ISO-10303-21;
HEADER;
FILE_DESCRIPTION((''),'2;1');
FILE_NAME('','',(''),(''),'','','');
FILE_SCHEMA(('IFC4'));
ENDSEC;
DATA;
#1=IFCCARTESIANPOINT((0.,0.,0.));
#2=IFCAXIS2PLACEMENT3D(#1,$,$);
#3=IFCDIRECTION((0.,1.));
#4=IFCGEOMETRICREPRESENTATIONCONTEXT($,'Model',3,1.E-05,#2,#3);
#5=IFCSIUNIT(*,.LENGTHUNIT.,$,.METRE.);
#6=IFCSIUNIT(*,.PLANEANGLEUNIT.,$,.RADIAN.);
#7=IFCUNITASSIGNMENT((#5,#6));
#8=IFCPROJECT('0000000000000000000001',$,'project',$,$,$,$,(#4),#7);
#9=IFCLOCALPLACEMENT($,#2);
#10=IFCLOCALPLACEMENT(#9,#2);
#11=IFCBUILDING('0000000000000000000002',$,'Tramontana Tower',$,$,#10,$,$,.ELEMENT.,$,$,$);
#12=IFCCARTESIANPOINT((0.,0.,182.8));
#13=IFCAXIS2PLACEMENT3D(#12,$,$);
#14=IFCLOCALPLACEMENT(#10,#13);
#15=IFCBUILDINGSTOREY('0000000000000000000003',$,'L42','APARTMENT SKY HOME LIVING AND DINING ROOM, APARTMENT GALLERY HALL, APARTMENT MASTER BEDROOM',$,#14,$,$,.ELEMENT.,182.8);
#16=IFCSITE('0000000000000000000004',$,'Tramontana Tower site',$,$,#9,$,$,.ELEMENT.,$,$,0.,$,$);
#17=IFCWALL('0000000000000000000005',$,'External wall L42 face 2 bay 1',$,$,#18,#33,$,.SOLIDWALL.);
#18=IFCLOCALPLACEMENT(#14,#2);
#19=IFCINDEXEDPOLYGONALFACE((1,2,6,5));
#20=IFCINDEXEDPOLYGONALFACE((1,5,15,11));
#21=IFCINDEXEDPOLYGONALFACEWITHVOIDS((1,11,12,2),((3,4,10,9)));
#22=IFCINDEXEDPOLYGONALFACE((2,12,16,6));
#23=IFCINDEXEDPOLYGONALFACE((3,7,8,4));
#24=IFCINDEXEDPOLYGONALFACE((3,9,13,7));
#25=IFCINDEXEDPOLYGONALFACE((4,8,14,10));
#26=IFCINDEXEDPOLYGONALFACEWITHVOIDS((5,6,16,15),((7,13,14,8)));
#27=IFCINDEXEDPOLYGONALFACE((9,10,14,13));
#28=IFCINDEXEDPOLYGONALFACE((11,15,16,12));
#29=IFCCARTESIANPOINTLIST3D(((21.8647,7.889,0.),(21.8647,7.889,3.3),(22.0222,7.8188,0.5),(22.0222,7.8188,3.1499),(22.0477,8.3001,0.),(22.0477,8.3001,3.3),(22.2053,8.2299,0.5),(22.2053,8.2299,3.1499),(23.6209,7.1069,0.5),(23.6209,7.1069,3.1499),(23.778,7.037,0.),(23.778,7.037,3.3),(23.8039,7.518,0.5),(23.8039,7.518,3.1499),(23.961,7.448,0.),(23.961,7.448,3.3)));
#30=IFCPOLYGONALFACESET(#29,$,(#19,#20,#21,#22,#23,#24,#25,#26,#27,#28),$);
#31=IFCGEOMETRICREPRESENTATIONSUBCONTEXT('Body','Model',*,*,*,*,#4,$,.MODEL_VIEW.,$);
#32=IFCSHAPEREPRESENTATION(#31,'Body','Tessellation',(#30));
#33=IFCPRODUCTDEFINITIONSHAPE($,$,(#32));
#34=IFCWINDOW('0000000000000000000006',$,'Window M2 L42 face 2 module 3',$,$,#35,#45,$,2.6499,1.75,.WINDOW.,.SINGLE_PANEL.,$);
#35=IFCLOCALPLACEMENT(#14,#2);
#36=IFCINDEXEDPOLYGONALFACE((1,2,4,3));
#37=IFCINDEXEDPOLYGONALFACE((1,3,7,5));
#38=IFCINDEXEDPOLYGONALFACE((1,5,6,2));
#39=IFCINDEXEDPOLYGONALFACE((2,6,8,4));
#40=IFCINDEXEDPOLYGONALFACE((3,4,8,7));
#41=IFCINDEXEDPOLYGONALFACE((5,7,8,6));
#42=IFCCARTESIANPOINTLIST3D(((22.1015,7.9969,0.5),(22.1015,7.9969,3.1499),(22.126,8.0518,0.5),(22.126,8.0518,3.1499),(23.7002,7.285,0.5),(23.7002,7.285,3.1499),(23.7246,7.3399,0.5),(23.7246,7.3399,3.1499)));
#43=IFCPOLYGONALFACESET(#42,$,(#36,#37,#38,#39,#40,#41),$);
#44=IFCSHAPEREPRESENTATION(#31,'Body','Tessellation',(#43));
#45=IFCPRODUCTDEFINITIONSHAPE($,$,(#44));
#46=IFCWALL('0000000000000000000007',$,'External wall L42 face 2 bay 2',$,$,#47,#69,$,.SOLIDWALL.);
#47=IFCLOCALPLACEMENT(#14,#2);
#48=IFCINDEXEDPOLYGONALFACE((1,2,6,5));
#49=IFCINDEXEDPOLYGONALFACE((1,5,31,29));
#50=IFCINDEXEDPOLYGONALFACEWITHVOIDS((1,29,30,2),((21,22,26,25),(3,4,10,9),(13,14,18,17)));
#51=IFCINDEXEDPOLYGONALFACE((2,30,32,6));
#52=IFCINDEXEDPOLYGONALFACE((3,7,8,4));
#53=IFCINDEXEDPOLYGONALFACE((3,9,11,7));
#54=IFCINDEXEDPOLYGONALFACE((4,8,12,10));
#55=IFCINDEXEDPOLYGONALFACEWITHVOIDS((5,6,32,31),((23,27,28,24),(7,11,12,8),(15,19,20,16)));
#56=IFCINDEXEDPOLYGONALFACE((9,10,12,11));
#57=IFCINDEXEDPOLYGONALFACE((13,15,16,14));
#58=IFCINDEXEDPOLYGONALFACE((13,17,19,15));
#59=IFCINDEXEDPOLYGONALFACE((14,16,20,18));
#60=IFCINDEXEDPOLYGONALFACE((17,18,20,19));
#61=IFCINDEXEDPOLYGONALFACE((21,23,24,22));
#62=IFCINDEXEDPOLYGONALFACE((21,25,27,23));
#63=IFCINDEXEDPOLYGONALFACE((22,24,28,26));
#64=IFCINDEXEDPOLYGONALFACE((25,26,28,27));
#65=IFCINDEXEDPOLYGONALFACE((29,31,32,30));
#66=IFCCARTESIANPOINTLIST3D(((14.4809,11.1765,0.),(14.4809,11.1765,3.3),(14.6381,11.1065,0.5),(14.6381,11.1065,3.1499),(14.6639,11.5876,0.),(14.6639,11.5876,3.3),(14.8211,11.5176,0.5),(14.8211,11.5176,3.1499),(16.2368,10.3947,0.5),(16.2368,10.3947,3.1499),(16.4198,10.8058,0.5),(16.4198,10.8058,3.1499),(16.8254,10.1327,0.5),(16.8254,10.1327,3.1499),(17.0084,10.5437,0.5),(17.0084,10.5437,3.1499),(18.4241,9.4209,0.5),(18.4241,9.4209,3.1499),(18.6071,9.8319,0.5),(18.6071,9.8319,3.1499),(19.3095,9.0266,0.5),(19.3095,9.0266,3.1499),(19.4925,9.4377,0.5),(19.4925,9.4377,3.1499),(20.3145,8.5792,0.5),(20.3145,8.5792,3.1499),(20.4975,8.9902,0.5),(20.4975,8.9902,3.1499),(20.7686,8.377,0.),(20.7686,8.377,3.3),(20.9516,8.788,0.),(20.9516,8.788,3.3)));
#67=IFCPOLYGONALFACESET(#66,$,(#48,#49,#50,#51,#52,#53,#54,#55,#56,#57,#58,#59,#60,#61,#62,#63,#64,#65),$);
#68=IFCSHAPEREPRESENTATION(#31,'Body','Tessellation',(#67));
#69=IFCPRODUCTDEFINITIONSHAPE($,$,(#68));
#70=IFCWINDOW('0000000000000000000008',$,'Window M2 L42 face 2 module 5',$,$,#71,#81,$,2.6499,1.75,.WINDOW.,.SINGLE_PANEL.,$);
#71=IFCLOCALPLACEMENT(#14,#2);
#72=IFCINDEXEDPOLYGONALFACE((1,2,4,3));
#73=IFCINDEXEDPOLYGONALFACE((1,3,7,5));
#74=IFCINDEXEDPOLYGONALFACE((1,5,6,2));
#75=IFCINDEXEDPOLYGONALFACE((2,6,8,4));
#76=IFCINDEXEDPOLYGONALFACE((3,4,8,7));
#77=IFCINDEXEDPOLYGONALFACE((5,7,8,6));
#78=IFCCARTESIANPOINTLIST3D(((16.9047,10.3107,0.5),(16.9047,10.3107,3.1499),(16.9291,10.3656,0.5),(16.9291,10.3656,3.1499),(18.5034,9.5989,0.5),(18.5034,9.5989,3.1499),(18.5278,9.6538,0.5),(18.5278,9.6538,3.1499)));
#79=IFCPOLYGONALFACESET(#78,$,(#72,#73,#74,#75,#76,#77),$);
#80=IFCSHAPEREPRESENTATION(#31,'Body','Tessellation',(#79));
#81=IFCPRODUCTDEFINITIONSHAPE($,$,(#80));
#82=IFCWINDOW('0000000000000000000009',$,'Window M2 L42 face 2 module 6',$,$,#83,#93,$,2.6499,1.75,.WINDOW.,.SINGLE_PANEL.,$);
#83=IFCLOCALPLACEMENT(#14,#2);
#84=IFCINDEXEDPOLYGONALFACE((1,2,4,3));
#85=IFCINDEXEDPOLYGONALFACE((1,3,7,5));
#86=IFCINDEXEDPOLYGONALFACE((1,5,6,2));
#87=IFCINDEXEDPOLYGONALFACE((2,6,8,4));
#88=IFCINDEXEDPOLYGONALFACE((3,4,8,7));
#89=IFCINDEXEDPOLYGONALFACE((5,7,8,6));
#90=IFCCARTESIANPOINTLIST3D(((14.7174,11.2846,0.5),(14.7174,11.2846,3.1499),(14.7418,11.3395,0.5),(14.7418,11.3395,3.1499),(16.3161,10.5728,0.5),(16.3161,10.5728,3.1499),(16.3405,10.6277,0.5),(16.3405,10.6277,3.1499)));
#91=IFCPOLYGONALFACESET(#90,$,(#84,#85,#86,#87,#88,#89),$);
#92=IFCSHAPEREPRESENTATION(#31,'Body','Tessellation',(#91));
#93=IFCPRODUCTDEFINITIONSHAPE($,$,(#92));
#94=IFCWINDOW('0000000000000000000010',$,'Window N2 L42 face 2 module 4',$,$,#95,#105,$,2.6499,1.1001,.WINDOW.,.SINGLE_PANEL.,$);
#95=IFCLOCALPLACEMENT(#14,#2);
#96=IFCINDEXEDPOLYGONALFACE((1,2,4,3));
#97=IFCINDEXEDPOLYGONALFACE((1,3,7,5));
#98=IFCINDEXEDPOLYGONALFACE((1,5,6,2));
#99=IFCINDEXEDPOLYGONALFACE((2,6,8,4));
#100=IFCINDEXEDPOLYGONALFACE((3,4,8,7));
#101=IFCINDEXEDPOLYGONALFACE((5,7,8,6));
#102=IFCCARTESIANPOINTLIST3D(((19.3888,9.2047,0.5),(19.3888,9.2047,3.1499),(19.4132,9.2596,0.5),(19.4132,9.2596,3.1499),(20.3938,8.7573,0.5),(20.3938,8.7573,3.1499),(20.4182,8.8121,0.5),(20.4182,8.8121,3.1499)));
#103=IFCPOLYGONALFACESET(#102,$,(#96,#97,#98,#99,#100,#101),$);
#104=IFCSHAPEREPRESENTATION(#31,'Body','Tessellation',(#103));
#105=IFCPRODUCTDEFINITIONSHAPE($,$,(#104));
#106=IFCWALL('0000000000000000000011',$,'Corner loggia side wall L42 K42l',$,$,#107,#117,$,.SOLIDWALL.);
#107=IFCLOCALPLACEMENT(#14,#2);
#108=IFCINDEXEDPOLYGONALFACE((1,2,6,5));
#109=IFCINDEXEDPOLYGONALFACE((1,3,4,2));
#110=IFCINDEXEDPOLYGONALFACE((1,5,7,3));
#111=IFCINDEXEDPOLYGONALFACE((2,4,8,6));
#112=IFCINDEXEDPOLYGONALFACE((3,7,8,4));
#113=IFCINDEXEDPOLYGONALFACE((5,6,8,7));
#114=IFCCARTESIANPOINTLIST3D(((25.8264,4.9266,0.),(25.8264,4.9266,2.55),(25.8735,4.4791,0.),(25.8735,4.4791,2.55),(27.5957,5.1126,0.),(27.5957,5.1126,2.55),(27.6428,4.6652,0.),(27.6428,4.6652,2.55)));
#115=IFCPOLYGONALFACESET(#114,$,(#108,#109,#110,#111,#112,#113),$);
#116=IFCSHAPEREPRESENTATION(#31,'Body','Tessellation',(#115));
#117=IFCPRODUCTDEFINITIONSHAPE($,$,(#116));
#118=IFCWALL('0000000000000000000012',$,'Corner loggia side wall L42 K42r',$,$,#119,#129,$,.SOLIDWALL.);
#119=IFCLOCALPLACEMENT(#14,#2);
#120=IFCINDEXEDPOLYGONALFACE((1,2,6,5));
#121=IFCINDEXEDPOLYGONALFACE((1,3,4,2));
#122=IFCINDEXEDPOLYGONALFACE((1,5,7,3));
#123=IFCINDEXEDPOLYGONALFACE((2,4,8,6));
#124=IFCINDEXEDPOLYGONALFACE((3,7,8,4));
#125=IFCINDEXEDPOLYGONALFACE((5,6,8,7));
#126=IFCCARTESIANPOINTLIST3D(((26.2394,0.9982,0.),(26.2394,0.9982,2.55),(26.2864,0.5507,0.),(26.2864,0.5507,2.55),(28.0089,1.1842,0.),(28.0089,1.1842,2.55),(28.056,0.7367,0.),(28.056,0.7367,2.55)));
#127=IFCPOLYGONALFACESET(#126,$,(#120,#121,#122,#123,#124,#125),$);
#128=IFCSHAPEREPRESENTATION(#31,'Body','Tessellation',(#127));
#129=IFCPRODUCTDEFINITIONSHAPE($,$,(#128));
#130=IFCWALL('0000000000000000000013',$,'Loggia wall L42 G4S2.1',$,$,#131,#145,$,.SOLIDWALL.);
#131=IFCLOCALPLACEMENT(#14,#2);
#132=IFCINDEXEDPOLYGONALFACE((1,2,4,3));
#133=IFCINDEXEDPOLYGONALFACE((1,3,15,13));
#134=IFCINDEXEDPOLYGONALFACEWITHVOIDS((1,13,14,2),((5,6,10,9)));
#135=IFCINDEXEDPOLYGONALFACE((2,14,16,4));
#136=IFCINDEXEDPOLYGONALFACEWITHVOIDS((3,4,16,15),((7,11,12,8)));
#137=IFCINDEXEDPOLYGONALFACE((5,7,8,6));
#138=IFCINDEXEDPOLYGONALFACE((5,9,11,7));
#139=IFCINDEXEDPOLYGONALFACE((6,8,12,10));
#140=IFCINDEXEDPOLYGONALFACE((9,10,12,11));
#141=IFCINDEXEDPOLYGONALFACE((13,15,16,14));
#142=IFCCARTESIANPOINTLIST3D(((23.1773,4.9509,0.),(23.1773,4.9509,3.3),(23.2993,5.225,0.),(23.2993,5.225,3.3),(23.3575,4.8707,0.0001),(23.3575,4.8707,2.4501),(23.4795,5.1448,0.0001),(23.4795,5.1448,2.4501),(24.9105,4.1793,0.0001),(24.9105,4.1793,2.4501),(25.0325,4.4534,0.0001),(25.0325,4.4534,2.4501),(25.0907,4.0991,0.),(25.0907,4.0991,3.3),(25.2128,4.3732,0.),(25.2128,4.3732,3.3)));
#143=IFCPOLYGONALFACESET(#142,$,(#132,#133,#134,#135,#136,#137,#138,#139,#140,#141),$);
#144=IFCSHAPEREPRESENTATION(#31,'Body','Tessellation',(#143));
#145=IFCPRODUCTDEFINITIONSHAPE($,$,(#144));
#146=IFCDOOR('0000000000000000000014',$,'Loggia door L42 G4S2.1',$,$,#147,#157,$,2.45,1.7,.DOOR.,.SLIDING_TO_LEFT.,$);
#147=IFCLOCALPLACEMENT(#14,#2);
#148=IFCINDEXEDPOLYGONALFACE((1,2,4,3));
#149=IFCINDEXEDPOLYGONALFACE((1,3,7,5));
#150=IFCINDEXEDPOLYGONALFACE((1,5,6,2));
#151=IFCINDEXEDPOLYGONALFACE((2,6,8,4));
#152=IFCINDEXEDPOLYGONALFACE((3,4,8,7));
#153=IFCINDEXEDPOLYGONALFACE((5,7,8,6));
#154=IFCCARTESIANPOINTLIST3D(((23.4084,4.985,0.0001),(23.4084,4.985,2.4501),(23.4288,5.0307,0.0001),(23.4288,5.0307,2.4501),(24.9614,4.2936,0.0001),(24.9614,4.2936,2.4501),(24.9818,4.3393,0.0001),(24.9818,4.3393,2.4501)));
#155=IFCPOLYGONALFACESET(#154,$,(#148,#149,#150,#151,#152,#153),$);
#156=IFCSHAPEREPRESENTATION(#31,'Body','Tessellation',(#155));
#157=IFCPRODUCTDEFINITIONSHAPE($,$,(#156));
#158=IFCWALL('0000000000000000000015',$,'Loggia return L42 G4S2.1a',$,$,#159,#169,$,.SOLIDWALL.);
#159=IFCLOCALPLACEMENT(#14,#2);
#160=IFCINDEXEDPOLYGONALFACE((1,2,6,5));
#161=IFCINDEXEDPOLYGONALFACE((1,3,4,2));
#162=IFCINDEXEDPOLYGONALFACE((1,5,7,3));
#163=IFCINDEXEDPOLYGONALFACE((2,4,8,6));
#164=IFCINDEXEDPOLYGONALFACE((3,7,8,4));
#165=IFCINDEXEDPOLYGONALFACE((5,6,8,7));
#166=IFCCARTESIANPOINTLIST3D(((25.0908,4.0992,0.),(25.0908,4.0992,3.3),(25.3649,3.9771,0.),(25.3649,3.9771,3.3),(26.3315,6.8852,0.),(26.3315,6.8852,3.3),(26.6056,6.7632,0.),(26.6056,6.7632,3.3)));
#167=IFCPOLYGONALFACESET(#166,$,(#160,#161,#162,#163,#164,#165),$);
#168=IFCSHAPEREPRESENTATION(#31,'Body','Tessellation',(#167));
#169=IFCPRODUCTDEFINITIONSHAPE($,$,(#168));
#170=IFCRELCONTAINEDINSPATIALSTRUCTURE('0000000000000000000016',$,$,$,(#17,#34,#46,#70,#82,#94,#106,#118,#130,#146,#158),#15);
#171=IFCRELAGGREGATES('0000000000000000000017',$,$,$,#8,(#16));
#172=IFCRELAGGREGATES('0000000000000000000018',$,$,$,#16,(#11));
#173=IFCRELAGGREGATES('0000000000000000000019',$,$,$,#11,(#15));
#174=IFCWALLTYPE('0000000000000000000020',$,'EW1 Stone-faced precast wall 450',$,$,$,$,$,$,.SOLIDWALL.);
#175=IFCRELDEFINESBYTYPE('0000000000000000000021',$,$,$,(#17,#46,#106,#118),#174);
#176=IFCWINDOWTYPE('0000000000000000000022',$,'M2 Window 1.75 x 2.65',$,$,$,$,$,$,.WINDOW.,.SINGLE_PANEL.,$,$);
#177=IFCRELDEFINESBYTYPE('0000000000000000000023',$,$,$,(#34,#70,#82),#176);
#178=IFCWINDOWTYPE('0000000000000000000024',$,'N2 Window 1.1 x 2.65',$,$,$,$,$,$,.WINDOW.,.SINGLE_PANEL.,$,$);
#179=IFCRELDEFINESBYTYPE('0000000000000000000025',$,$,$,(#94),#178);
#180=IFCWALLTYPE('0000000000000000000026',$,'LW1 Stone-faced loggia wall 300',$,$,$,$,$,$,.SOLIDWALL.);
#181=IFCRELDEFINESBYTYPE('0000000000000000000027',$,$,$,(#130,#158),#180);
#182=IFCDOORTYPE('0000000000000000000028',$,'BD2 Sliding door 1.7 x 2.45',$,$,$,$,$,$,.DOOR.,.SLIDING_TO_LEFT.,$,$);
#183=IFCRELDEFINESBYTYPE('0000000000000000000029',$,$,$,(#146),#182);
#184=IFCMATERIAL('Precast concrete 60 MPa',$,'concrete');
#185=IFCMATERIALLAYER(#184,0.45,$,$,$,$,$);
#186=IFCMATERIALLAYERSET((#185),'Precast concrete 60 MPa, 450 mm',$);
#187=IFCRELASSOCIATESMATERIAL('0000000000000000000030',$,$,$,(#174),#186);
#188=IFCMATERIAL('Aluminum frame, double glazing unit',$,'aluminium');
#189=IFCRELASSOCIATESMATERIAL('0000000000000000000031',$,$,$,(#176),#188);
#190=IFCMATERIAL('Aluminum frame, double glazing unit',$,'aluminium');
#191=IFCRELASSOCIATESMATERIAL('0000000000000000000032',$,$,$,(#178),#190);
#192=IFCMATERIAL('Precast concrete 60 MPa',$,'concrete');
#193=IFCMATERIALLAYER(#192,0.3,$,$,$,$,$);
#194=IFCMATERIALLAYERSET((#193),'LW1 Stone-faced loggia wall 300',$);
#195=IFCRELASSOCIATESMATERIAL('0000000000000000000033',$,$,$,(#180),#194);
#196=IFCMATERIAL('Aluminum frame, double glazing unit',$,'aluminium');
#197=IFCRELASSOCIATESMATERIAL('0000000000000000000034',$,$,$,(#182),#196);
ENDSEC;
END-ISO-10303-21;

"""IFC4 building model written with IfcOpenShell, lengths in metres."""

from ifc_helpers import new_model, si_unit, direction, frame, frame_2d, origin, place, context, subcontext, project, spatial, rectangle, extrude, material, layer, layer_set, type_object, element, fill, save


model = new_model("IFC4")

# Units and contexts
model_context = context("Model", 3, precision=1e-05, world=origin(), true_north=direction((0.0, 1.0)))
body_context = subcontext(model_context, "Body", "Model", "MODEL_VIEW")
ifc_project = project(units=[si_unit("LENGTHUNIT", "METRE"), si_unit("PLANEANGLEUNIT", "RADIAN")], contexts=[model_context])

# Site, building, storey
site_placement = place(None, origin())
site = spatial("IfcSite", under=ifc_project, at=site_placement, Name="Tramontana Tower site", CompositionType="ELEMENT", RefElevation=0.0)
building_placement = place(site_placement, origin())
building = spatial("IfcBuilding", under=site, at=building_placement, Name="Tramontana Tower", CompositionType="ELEMENT")
storey_placement = place(building_placement, frame((0.0, 0.0, 182.8)))
storey = spatial("IfcBuildingStorey", under=building, at=storey_placement, Name="L42", Description="APARTMENT SKY HOME LIVING AND DINING ROOM, APARTMENT GALLERY HALL, APARTMENT MASTER BEDROOM", CompositionType="ELEMENT", Elevation=182.8)

# Wall, opening, window
ifc_material_1 = material(Name="Precast concrete 60 MPa", Category="concrete")
ifc_layer_1 = layer(ifc_material_1, 0.45)
ifc_layer_set_1 = layer_set([ifc_layer_1], Name="Precast concrete 60 MPa, 450 mm")
wall_type_1 = type_object("IfcWallType", Name="EW1 Stone-faced precast wall 450", PredefinedType="SOLIDWALL", material=ifc_layer_set_1)
wall_1_placement = place(storey_placement, frame((23.8696, 7.2424, 0.0), z_axis=(0.0, 0.0, 1.0), x_axis=(-0.913513, 0.406809, 0.0)))
wall_1 = element("IfcWall", 1, at=wall_1_placement, inside=storey, type_object=wall_type_1, Name="External wall L42 face 2 bay 1", PredefinedType="SOLIDWALL", context=body_context, shape_type="SweptSolid", body=[
    extrude(rectangle(XDim=2.0945, YDim=0.45, at=frame_2d((1.0474, 0.0))), origin(), (0.0, 0.0, 1.0), 3.3),
])
opening_1_placement = place(wall_1_placement, frame((0.1721, 0.0, 0.5)))
opening_1 = element("IfcOpeningElement", 2, at=opening_1_placement, cuts=wall_1, PredefinedType="OPENING", context=body_context, shape_type="SweptSolid", body=[
    extrude(rectangle(XDim=1.75, YDim=2.6499, at=frame_2d((0.875, 1.325))), frame((0.0, 0.2349, 0.0), z_axis=(0.0, -1.0, 0.0), x_axis=(1.0, 0.0, 0.0)), (0.0, 0.0, 1.0), 0.47),
])
ifc_material_2 = material(Name="Aluminum frame, double glazing unit", Category="aluminium")
window_type_1 = type_object("IfcWindowType", Name="M2 Window 1.75 x 2.65", PartitioningType="SINGLE_PANEL", PredefinedType="WINDOW", material=ifc_material_2)
window_1_placement = place(opening_1_placement, origin())
window_1 = element("IfcWindow", 3, at=window_1_placement, inside=storey, type_object=window_type_1, Name="Window M2 L42 face 2 module 3", OverallHeight=2.6499, OverallWidth=1.75, PartitioningType="SINGLE_PANEL", PredefinedType="WINDOW", context=body_context, shape_type="SweptSolid", body=[
    extrude(rectangle(XDim=1.75, YDim=2.6499, at=frame_2d((0.875, 1.325))), frame((0.0, 0.03, 0.0), z_axis=(0.0, -1.0, 0.0), x_axis=(1.0, 0.0, 0.0)), (0.0, 0.0, 1.0), 0.0601),
])
fill(opening_1, window_1)

# Wall, openings, windows
wall_2_placement = place(storey_placement, frame((20.8601, 8.5825, 0.0), z_axis=(0.0, 0.0, 1.0), x_axis=(-0.913544, 0.406741, 0.0)))
wall_2 = element("IfcWall", 4, at=wall_2_placement, inside=storey, type_object=wall_type_1, Name="External wall L42 face 2 bay 2", PredefinedType="SOLIDWALL", context=body_context, shape_type="SweptSolid", body=[
    extrude(rectangle(XDim=6.8828, YDim=0.45, at=frame_2d((3.4414, 0.0))), origin(), (0.0, 0.0, 1.0), 3.3),
])
opening_2_placement = place(wall_2_placement, frame((0.4971, 0.0, 0.5)))
opening_2 = element("IfcOpeningElement", 5, at=opening_2_placement, cuts=wall_2, PredefinedType="OPENING", context=body_context, shape_type="SweptSolid", body=[
    extrude(rectangle(XDim=1.1001, YDim=2.6499, at=frame_2d((0.55, 1.325))), frame((0.0, 0.2349, 0.0), z_axis=(0.0, -1.0, 0.0), x_axis=(1.0, 0.0, 0.0)), (0.0, 0.0, 1.0), 0.47),
])
opening_3_placement = place(wall_2_placement, frame((2.5664, 0.0, 0.5)))
opening_3 = element("IfcOpeningElement", 6, at=opening_3_placement, cuts=wall_2, PredefinedType="OPENING", context=body_context, shape_type="SweptSolid", body=[
    extrude(rectangle(XDim=1.75, YDim=2.6499, at=frame_2d((0.875, 1.325))), frame((0.0, 0.2349, 0.0), z_axis=(0.0, -1.0, 0.0), x_axis=(1.0, 0.0, 0.0)), (0.0, 0.0, 1.0), 0.47),
])
opening_4_placement = place(wall_2_placement, frame((4.9607, 0.0, 0.5)))
opening_4 = element("IfcOpeningElement", 7, at=opening_4_placement, cuts=wall_2, PredefinedType="OPENING", context=body_context, shape_type="SweptSolid", body=[
    extrude(rectangle(XDim=1.75, YDim=2.6499, at=frame_2d((0.875, 1.325))), frame((0.0, 0.2349, 0.0), z_axis=(0.0, -1.0, 0.0), x_axis=(1.0, 0.0, 0.0)), (0.0, 0.0, 1.0), 0.47),
])
window_2_placement = place(opening_3_placement, origin())
window_2 = element("IfcWindow", 8, at=window_2_placement, inside=storey, type_object=window_type_1, Name="Window M2 L42 face 2 module 5", OverallHeight=2.6499, OverallWidth=1.75, PartitioningType="SINGLE_PANEL", PredefinedType="WINDOW", context=body_context, shape_type="SweptSolid", body=[
    extrude(rectangle(XDim=1.75, YDim=2.6499, at=frame_2d((0.875, 1.325))), frame((0.0, 0.03, 0.0), z_axis=(0.0, -1.0, 0.0), x_axis=(1.0, 0.0, 0.0)), (0.0, 0.0, 1.0), 0.0601),
])
fill(opening_3, window_2)
window_3_placement = place(opening_4_placement, origin())
window_3 = element("IfcWindow", 9, at=window_3_placement, inside=storey, type_object=window_type_1, Name="Window M2 L42 face 2 module 6", OverallHeight=2.6499, OverallWidth=1.75, PartitioningType="SINGLE_PANEL", PredefinedType="WINDOW", context=body_context, shape_type="SweptSolid", body=[
    extrude(rectangle(XDim=1.75, YDim=2.6499, at=frame_2d((0.875, 1.325))), frame((0.0, 0.03, 0.0), z_axis=(0.0, -1.0, 0.0), x_axis=(1.0, 0.0, 0.0)), (0.0, 0.0, 1.0), 0.0601),
])
fill(opening_4, window_3)
ifc_material_3 = material(Name="Aluminum frame, double glazing unit", Category="aluminium")
window_type_2 = type_object("IfcWindowType", Name="N2 Window 1.1 x 2.65", PartitioningType="SINGLE_PANEL", PredefinedType="WINDOW", material=ifc_material_3)
window_4_placement = place(opening_2_placement, origin())
window_4 = element("IfcWindow", 10, at=window_4_placement, inside=storey, type_object=window_type_2, Name="Window N2 L42 face 2 module 4", OverallHeight=2.6499, OverallWidth=1.1001, PartitioningType="SINGLE_PANEL", PredefinedType="WINDOW", context=body_context, shape_type="SweptSolid", body=[
    extrude(rectangle(XDim=1.1001, YDim=2.6499, at=frame_2d((0.55, 1.325))), frame((0.0, 0.03, 0.0), z_axis=(0.0, -1.0, 0.0), x_axis=(1.0, 0.0, 0.0)), (0.0, 0.0, 1.0), 0.0601),
])
fill(opening_2, window_4)

# Walls
wall_3_placement = place(storey_placement, frame((27.6194, 4.8889, 0.0), z_axis=(0.0, 0.0, 1.0), x_axis=(-0.994517, -0.10457, 0.0)))
element("IfcWall", 11, at=wall_3_placement, inside=storey, type_object=wall_type_1, Name="Corner loggia side wall L42 K42l", PredefinedType="SOLIDWALL", context=body_context, shape_type="SweptSolid", body=[
    extrude(rectangle(XDim=1.7791, YDim=0.45, at=frame_2d((0.8896, 0.0))), origin(), (0.0, 0.0, 1.0), 2.55),
])
wall_4_placement = place(storey_placement, frame((28.0325, 0.9604, 0.0), z_axis=(0.0, 0.0, 1.0), x_axis=(-0.994519, -0.104556, 0.0)))
element("IfcWall", 12, at=wall_4_placement, inside=storey, type_object=wall_type_1, Name="Corner loggia side wall L42 K42r", PredefinedType="SOLIDWALL", context=body_context, shape_type="SweptSolid", body=[
    extrude(rectangle(XDim=1.7793, YDim=0.45, at=frame_2d((0.8896, 0.0))), origin(), (0.0, 0.0, 1.0), 2.55),
])

# Wall, opening, door
ifc_material_4 = material(Name="Precast concrete 60 MPa", Category="concrete")
ifc_layer_2 = layer(ifc_material_4, 0.3)
ifc_layer_set_2 = layer_set([ifc_layer_2], Name="LW1 Stone-faced loggia wall 300")
wall_type_2 = type_object("IfcWallType", Name="LW1 Stone-faced loggia wall 300", PredefinedType="SOLIDWALL", material=ifc_layer_set_2)
wall_5_placement = place(storey_placement, frame((25.1519, 4.2361, 0.0), z_axis=(0.0, 0.0, 1.0), x_axis=(-0.913557, 0.406712, 0.0)))
wall_5 = element("IfcWall", 13, at=wall_5_placement, inside=storey, type_object=wall_type_2, Name="Loggia wall L42 G4S2.1", PredefinedType="SOLIDWALL", context=body_context, shape_type="SweptSolid", body=[
    extrude(rectangle(XDim=2.0945, YDim=0.3, at=frame_2d((1.0474, 0.0))), origin(), (0.0, 0.0, 1.0), 3.3),
])
opening_5_placement = place(wall_5_placement, frame((0.1973, 0.0, 0.0)))
opening_5 = element("IfcOpeningElement", 14, at=opening_5_placement, cuts=wall_5, PredefinedType="OPENING", context=body_context, shape_type="SweptSolid", body=[
    extrude(rectangle(XDim=1.7, YDim=2.45, at=frame_2d((0.8501, 1.2251))), frame((0.0, 0.1599, 0.0), z_axis=(0.0, -1.0, 0.0), x_axis=(1.0, 0.0, 0.0)), (0.0, 0.0, 1.0), 0.3201),
])
ifc_material_5 = material(Name="Aluminum frame, double glazing unit", Category="aluminium")
door_type_1 = type_object("IfcDoorType", Name="BD2 Sliding door 1.7 x 2.45", OperationType="SLIDING_TO_LEFT", PredefinedType="DOOR", material=ifc_material_5)
door_1_placement = place(opening_5_placement, origin())
door_1 = element("IfcDoor", 15, at=door_1_placement, inside=storey, type_object=door_type_1, Name="Loggia door L42 G4S2.1", OperationType="SLIDING_TO_LEFT", OverallHeight=2.45, OverallWidth=1.7, PredefinedType="DOOR", context=body_context, shape_type="SweptSolid", body=[
    extrude(rectangle(XDim=1.7, YDim=2.45, at=frame_2d((0.8501, 1.2251))), frame((0.0, 0.0249, 0.0), z_axis=(0.0, -1.0, 0.0), x_axis=(1.0, 0.0, 0.0)), (0.0, 0.0, 1.0), 0.05),
])
fill(opening_5, door_1)

# Wall
for number, where, z_axis, x_axis, name in (
    (16, (26.4685, 6.8242, 0.0), (0.0, 0.0, 1.0), (-0.406807, -0.913514, 0.0), "Loggia return L42 G4S2.1a"),
):
    element("IfcWall", number, at=place(storey_placement, frame(where, z_axis=z_axis, x_axis=x_axis)), inside=storey, type_object=wall_type_2, Name=name, PredefinedType="SOLIDWALL", context=body_context, shape_type="SweptSolid", body=[
        extrude(rectangle(XDim=3.0498, YDim=0.3, at=frame_2d((1.5249, 0.0))), origin(), (0.0, 0.0, 1.0), 3.3),
    ])

save(model, "model.ifc")
